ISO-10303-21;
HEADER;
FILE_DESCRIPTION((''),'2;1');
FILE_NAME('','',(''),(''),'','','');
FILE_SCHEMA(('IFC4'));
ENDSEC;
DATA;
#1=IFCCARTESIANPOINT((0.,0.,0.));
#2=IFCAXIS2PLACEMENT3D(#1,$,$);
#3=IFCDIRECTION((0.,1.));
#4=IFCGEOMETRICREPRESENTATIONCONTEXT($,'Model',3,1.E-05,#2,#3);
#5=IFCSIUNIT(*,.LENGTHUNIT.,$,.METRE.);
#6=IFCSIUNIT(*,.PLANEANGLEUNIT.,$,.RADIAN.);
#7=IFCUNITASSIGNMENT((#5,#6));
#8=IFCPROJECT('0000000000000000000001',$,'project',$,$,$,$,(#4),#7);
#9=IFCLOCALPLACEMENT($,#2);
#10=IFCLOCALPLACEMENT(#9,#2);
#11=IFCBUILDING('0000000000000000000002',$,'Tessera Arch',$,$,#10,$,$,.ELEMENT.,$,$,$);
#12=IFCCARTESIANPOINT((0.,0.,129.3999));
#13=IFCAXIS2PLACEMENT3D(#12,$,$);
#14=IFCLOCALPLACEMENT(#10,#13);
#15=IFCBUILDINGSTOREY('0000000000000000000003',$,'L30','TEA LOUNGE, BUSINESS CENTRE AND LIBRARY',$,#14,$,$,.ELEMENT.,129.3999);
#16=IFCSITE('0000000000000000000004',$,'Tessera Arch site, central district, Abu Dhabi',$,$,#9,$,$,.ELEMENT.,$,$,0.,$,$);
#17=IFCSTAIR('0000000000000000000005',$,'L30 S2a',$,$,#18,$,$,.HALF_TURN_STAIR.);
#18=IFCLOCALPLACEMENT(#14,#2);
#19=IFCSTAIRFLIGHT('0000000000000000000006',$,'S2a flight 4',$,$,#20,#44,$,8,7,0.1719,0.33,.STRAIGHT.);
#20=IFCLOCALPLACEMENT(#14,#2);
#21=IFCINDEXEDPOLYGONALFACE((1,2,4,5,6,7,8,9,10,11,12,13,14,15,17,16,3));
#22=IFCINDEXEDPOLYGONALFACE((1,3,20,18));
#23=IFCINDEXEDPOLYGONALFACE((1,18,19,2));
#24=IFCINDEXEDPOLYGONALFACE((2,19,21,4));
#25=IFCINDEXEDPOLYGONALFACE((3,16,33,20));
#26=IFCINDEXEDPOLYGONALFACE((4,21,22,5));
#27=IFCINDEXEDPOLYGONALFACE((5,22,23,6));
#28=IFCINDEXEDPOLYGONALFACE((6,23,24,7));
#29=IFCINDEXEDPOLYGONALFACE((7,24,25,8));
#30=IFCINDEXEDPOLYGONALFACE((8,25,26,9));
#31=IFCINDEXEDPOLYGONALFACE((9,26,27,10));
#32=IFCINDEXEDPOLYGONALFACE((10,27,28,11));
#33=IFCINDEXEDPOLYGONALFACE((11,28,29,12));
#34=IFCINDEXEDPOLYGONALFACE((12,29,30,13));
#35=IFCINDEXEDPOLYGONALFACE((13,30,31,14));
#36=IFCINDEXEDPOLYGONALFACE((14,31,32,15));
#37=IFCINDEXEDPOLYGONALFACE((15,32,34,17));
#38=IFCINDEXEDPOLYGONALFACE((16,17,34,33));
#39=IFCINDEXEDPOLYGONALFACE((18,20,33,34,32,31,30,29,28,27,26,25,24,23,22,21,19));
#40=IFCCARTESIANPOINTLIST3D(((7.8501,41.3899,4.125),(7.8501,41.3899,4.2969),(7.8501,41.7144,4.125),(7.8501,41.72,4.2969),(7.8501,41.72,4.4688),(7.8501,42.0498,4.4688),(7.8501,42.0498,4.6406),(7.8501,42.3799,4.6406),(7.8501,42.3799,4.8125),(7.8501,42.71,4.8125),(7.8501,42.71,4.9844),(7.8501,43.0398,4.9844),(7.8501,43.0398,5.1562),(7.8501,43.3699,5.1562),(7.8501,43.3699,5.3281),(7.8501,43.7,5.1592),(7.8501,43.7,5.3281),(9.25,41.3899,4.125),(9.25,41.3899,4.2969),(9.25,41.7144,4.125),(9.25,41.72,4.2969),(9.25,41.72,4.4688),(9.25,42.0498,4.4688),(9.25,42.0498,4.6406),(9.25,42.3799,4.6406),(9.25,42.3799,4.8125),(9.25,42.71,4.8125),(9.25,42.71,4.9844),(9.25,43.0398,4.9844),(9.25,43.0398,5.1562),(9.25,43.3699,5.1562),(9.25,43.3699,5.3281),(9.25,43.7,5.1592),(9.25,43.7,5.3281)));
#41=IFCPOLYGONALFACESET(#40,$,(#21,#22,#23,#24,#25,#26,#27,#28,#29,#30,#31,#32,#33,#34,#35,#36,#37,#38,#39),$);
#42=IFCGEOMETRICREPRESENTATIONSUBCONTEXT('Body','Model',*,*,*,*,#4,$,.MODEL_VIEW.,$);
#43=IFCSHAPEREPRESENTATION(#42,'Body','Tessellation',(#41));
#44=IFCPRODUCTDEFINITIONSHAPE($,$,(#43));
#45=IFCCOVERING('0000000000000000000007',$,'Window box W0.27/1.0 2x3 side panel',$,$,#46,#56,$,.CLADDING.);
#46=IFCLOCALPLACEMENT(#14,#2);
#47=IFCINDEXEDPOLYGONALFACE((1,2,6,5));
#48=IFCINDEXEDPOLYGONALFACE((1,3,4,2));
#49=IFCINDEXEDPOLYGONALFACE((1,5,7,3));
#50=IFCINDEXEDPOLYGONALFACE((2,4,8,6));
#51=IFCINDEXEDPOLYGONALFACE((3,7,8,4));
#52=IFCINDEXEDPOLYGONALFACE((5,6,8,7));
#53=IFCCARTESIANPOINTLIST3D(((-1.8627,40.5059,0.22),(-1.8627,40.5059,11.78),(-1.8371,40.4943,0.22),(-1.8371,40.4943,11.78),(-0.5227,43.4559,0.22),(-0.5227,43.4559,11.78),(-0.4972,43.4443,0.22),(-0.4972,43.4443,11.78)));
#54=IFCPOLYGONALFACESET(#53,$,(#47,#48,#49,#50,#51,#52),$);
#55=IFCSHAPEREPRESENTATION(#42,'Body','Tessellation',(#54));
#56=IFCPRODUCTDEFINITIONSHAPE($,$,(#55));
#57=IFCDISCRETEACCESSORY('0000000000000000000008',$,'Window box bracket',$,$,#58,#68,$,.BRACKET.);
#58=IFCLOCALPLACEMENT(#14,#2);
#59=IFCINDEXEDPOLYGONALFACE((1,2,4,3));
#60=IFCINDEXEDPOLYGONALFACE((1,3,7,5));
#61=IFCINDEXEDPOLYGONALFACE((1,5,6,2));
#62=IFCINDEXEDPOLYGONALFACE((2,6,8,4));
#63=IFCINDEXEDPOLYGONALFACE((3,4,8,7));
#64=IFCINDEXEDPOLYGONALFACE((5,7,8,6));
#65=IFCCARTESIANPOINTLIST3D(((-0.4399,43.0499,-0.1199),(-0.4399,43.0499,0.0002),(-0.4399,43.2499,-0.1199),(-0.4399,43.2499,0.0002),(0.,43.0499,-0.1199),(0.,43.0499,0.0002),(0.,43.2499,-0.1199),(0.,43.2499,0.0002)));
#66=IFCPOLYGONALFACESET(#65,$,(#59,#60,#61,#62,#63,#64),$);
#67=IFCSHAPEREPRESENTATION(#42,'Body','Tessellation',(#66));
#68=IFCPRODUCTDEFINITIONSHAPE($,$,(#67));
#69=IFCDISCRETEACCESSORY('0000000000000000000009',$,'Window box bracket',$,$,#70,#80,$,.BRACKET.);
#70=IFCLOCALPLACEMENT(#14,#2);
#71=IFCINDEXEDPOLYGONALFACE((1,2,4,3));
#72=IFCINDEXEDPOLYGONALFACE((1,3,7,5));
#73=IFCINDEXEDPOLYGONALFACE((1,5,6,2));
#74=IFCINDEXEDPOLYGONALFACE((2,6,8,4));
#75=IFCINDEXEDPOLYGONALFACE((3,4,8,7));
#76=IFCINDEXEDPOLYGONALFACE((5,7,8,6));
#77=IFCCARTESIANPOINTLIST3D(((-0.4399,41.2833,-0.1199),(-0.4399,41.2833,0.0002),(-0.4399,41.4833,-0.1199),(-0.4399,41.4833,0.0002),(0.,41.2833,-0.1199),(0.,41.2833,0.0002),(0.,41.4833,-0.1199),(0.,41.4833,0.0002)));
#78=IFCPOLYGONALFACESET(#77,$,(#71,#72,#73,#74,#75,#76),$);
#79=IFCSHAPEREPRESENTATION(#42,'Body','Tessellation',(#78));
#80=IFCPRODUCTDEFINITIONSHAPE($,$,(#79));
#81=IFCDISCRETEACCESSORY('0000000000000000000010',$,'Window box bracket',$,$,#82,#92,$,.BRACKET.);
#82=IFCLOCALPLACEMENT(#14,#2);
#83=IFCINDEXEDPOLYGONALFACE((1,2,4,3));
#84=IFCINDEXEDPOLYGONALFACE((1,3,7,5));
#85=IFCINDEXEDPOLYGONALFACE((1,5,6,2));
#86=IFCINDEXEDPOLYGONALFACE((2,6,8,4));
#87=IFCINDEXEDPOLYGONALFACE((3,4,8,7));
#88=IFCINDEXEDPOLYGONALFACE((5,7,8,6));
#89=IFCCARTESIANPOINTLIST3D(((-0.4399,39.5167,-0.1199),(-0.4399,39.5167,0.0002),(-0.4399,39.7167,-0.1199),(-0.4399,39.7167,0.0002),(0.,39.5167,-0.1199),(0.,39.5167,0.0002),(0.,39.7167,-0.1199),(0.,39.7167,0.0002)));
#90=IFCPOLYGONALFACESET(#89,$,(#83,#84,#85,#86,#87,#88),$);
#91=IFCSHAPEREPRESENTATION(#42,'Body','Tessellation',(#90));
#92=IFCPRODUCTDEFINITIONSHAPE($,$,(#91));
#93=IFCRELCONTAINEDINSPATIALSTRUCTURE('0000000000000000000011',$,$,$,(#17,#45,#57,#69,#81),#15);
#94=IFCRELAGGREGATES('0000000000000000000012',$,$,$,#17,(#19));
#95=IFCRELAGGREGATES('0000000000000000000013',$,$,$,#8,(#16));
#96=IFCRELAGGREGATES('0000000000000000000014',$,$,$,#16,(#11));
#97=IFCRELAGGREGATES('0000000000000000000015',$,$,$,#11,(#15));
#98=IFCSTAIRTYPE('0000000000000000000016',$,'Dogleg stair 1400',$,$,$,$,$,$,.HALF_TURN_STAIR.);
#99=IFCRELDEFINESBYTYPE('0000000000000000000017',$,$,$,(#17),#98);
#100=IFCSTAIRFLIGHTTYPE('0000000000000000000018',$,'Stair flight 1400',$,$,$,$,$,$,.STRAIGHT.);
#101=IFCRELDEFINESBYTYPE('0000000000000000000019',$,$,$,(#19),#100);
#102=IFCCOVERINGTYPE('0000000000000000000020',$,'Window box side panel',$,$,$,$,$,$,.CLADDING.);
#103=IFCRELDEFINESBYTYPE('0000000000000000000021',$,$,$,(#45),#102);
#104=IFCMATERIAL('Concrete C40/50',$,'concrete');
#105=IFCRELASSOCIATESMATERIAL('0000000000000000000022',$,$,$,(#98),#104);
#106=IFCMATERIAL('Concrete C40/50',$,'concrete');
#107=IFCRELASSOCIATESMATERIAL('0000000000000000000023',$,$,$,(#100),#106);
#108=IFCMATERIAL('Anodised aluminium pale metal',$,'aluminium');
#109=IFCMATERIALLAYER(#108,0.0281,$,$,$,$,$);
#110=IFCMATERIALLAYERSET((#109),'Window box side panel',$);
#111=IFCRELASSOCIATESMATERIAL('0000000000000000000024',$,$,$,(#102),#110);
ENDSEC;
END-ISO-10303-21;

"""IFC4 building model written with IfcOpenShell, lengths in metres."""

from ifc_helpers import new_model, si_unit, direction, frame, origin, origin_2d, place, context, subcontext, project, spatial, polyline, rectangle, outline, extrude, material, layer, layer_set, type_object, element, aggregate, save


model = new_model("IFC4")

# Units and contexts
model_context = context("Model", 3, precision=1e-05, world=origin(), true_north=direction((0.0, 1.0)))
body_context = subcontext(model_context, "Body", "Model", "MODEL_VIEW")
ifc_project = project(units=[si_unit("LENGTHUNIT", "METRE"), si_unit("PLANEANGLEUNIT", "RADIAN")], contexts=[model_context])

# Site, building, storey
site_placement = place(None, origin())
site = spatial("IfcSite", under=ifc_project, at=site_placement, Name="Tessera Arch site, central district, Abu Dhabi", CompositionType="ELEMENT", RefElevation=0.0)
building_placement = place(site_placement, origin())
building = spatial("IfcBuilding", under=site, at=building_placement, Name="Tessera Arch", CompositionType="ELEMENT")
storey_placement = place(building_placement, frame((0.0, 0.0, 129.3999)))
storey = spatial("IfcBuildingStorey", under=building, at=storey_placement, Name="L30", Description="TEA LOUNGE, BUSINESS CENTRE AND LIBRARY", CompositionType="ELEMENT", Elevation=129.3999)

# Stair, stair flight
ifc_material_1 = material(Name="Concrete C40/50", Category="concrete")
stair_type = type_object("IfcStairType", Name="Dogleg stair 1400", PredefinedType="HALF_TURN_STAIR", material=ifc_material_1)
stair_placement = place(storey_placement, origin())
stair = element("IfcStair", 1, at=stair_placement, inside=storey, type_object=stair_type, Name="L30 S2a", PredefinedType="HALF_TURN_STAIR")
ifc_material_2 = material(Name="Concrete C40/50", Category="concrete")
stair_flight_type = type_object("IfcStairFlightType", Name="Stair flight 1400", PredefinedType="STRAIGHT", material=ifc_material_2)
stair_flight_1_placement = place(storey_placement, frame((8.55, 41.3899, 4.125), z_axis=(0.0, 0.0, 1.0), x_axis=(0.0, 1.0, 0.0)))
stair_flight_1 = element("IfcStairFlight", 2, at=stair_flight_1_placement, type_object=stair_flight_type, Name="S2a flight 4", NumberOfRisers=8, NumberOfTreads=7, PredefinedType="STRAIGHT", RiserHeight=0.1719, TreadLength=0.33, context=body_context, shape_type="SweptSolid", body=[
    extrude(outline(polyline([(0.0, 0.0), (0.0, 0.1719), (0.3301, 0.1719), (0.3301, 0.3438), (0.6599, 0.3438), (0.6599, 0.5156), (0.99, 0.5156), (0.99, 0.6875), (1.3201, 0.6875), (1.3201, 0.8594), (1.6499, 0.8594), (1.6499, 1.0312), (1.98, 1.0312), (1.98, 1.2031), (2.3101, 1.2031), (2.3101, 1.375), (2.3101, 1.0342), (0.3245, 0.0), (0.0, 0.0)])), frame((0.0, 0.7, 0.0), z_axis=(0.0, -1.0, 0.0), x_axis=(1.0, 0.0, 0.0)), (0.0, 0.0, 1.0), 1.3999),
])
aggregate(stair, [stair_flight_1])

# Covering
ifc_material_3 = material(Name="Anodised aluminium pale metal", Category="aluminium")
ifc_layer_1 = layer(ifc_material_3, 0.0281)
ifc_layer_set_1 = layer_set([ifc_layer_1], Name="Window box side panel")
covering_type = type_object("IfcCoveringType", Name="Window box side panel", PredefinedType="CLADDING", material=ifc_layer_set_1)
covering_placement = place(storey_placement, frame((-1.1799, 41.9751, 0.22), z_axis=(0.0, 0.0, 1.0), x_axis=(-0.41357, -0.910472, 0.0)))
element("IfcCovering", 3, at=covering_placement, inside=storey, type_object=covering_type, Name="Window box W0.27/1.0 2x3 side panel", PredefinedType="CLADDING", context=body_context, shape_type="SweptSolid", body=[
    extrude(rectangle(XDim=3.24, YDim=0.0281, at=origin_2d()), origin(), (0.0, 0.0, 1.0), 11.5601),
])

# Discrete accessories
for number, where, z_axis, x_axis, name in (
    (4, (-0.22, 43.1499, -0.1199), (0.0, 0.0, 1.0), (-1.0, 0.0, 0.0), "Window box bracket"),
    (5, (-0.22, 41.3833, -0.1199), (0.0, 0.0, 1.0), (-1.0, 0.0, 0.0), "Window box bracket"),
    (6, (-0.22, 39.6167, -0.1199), (0.0, 0.0, 1.0), (-1.0, 0.0, 0.0), "Window box bracket"),
):
    element("IfcDiscreteAccessory", number, at=place(storey_placement, frame(where, z_axis=z_axis, x_axis=x_axis)), inside=storey, Name=name, PredefinedType="BRACKET", context=body_context, shape_type="SweptSolid", body=[
        extrude(rectangle(XDim=0.4399, YDim=0.2, at=origin_2d()), origin(), (0.0, 0.0, 1.0), 0.1201),
    ])

save(model, "model.ifc")
